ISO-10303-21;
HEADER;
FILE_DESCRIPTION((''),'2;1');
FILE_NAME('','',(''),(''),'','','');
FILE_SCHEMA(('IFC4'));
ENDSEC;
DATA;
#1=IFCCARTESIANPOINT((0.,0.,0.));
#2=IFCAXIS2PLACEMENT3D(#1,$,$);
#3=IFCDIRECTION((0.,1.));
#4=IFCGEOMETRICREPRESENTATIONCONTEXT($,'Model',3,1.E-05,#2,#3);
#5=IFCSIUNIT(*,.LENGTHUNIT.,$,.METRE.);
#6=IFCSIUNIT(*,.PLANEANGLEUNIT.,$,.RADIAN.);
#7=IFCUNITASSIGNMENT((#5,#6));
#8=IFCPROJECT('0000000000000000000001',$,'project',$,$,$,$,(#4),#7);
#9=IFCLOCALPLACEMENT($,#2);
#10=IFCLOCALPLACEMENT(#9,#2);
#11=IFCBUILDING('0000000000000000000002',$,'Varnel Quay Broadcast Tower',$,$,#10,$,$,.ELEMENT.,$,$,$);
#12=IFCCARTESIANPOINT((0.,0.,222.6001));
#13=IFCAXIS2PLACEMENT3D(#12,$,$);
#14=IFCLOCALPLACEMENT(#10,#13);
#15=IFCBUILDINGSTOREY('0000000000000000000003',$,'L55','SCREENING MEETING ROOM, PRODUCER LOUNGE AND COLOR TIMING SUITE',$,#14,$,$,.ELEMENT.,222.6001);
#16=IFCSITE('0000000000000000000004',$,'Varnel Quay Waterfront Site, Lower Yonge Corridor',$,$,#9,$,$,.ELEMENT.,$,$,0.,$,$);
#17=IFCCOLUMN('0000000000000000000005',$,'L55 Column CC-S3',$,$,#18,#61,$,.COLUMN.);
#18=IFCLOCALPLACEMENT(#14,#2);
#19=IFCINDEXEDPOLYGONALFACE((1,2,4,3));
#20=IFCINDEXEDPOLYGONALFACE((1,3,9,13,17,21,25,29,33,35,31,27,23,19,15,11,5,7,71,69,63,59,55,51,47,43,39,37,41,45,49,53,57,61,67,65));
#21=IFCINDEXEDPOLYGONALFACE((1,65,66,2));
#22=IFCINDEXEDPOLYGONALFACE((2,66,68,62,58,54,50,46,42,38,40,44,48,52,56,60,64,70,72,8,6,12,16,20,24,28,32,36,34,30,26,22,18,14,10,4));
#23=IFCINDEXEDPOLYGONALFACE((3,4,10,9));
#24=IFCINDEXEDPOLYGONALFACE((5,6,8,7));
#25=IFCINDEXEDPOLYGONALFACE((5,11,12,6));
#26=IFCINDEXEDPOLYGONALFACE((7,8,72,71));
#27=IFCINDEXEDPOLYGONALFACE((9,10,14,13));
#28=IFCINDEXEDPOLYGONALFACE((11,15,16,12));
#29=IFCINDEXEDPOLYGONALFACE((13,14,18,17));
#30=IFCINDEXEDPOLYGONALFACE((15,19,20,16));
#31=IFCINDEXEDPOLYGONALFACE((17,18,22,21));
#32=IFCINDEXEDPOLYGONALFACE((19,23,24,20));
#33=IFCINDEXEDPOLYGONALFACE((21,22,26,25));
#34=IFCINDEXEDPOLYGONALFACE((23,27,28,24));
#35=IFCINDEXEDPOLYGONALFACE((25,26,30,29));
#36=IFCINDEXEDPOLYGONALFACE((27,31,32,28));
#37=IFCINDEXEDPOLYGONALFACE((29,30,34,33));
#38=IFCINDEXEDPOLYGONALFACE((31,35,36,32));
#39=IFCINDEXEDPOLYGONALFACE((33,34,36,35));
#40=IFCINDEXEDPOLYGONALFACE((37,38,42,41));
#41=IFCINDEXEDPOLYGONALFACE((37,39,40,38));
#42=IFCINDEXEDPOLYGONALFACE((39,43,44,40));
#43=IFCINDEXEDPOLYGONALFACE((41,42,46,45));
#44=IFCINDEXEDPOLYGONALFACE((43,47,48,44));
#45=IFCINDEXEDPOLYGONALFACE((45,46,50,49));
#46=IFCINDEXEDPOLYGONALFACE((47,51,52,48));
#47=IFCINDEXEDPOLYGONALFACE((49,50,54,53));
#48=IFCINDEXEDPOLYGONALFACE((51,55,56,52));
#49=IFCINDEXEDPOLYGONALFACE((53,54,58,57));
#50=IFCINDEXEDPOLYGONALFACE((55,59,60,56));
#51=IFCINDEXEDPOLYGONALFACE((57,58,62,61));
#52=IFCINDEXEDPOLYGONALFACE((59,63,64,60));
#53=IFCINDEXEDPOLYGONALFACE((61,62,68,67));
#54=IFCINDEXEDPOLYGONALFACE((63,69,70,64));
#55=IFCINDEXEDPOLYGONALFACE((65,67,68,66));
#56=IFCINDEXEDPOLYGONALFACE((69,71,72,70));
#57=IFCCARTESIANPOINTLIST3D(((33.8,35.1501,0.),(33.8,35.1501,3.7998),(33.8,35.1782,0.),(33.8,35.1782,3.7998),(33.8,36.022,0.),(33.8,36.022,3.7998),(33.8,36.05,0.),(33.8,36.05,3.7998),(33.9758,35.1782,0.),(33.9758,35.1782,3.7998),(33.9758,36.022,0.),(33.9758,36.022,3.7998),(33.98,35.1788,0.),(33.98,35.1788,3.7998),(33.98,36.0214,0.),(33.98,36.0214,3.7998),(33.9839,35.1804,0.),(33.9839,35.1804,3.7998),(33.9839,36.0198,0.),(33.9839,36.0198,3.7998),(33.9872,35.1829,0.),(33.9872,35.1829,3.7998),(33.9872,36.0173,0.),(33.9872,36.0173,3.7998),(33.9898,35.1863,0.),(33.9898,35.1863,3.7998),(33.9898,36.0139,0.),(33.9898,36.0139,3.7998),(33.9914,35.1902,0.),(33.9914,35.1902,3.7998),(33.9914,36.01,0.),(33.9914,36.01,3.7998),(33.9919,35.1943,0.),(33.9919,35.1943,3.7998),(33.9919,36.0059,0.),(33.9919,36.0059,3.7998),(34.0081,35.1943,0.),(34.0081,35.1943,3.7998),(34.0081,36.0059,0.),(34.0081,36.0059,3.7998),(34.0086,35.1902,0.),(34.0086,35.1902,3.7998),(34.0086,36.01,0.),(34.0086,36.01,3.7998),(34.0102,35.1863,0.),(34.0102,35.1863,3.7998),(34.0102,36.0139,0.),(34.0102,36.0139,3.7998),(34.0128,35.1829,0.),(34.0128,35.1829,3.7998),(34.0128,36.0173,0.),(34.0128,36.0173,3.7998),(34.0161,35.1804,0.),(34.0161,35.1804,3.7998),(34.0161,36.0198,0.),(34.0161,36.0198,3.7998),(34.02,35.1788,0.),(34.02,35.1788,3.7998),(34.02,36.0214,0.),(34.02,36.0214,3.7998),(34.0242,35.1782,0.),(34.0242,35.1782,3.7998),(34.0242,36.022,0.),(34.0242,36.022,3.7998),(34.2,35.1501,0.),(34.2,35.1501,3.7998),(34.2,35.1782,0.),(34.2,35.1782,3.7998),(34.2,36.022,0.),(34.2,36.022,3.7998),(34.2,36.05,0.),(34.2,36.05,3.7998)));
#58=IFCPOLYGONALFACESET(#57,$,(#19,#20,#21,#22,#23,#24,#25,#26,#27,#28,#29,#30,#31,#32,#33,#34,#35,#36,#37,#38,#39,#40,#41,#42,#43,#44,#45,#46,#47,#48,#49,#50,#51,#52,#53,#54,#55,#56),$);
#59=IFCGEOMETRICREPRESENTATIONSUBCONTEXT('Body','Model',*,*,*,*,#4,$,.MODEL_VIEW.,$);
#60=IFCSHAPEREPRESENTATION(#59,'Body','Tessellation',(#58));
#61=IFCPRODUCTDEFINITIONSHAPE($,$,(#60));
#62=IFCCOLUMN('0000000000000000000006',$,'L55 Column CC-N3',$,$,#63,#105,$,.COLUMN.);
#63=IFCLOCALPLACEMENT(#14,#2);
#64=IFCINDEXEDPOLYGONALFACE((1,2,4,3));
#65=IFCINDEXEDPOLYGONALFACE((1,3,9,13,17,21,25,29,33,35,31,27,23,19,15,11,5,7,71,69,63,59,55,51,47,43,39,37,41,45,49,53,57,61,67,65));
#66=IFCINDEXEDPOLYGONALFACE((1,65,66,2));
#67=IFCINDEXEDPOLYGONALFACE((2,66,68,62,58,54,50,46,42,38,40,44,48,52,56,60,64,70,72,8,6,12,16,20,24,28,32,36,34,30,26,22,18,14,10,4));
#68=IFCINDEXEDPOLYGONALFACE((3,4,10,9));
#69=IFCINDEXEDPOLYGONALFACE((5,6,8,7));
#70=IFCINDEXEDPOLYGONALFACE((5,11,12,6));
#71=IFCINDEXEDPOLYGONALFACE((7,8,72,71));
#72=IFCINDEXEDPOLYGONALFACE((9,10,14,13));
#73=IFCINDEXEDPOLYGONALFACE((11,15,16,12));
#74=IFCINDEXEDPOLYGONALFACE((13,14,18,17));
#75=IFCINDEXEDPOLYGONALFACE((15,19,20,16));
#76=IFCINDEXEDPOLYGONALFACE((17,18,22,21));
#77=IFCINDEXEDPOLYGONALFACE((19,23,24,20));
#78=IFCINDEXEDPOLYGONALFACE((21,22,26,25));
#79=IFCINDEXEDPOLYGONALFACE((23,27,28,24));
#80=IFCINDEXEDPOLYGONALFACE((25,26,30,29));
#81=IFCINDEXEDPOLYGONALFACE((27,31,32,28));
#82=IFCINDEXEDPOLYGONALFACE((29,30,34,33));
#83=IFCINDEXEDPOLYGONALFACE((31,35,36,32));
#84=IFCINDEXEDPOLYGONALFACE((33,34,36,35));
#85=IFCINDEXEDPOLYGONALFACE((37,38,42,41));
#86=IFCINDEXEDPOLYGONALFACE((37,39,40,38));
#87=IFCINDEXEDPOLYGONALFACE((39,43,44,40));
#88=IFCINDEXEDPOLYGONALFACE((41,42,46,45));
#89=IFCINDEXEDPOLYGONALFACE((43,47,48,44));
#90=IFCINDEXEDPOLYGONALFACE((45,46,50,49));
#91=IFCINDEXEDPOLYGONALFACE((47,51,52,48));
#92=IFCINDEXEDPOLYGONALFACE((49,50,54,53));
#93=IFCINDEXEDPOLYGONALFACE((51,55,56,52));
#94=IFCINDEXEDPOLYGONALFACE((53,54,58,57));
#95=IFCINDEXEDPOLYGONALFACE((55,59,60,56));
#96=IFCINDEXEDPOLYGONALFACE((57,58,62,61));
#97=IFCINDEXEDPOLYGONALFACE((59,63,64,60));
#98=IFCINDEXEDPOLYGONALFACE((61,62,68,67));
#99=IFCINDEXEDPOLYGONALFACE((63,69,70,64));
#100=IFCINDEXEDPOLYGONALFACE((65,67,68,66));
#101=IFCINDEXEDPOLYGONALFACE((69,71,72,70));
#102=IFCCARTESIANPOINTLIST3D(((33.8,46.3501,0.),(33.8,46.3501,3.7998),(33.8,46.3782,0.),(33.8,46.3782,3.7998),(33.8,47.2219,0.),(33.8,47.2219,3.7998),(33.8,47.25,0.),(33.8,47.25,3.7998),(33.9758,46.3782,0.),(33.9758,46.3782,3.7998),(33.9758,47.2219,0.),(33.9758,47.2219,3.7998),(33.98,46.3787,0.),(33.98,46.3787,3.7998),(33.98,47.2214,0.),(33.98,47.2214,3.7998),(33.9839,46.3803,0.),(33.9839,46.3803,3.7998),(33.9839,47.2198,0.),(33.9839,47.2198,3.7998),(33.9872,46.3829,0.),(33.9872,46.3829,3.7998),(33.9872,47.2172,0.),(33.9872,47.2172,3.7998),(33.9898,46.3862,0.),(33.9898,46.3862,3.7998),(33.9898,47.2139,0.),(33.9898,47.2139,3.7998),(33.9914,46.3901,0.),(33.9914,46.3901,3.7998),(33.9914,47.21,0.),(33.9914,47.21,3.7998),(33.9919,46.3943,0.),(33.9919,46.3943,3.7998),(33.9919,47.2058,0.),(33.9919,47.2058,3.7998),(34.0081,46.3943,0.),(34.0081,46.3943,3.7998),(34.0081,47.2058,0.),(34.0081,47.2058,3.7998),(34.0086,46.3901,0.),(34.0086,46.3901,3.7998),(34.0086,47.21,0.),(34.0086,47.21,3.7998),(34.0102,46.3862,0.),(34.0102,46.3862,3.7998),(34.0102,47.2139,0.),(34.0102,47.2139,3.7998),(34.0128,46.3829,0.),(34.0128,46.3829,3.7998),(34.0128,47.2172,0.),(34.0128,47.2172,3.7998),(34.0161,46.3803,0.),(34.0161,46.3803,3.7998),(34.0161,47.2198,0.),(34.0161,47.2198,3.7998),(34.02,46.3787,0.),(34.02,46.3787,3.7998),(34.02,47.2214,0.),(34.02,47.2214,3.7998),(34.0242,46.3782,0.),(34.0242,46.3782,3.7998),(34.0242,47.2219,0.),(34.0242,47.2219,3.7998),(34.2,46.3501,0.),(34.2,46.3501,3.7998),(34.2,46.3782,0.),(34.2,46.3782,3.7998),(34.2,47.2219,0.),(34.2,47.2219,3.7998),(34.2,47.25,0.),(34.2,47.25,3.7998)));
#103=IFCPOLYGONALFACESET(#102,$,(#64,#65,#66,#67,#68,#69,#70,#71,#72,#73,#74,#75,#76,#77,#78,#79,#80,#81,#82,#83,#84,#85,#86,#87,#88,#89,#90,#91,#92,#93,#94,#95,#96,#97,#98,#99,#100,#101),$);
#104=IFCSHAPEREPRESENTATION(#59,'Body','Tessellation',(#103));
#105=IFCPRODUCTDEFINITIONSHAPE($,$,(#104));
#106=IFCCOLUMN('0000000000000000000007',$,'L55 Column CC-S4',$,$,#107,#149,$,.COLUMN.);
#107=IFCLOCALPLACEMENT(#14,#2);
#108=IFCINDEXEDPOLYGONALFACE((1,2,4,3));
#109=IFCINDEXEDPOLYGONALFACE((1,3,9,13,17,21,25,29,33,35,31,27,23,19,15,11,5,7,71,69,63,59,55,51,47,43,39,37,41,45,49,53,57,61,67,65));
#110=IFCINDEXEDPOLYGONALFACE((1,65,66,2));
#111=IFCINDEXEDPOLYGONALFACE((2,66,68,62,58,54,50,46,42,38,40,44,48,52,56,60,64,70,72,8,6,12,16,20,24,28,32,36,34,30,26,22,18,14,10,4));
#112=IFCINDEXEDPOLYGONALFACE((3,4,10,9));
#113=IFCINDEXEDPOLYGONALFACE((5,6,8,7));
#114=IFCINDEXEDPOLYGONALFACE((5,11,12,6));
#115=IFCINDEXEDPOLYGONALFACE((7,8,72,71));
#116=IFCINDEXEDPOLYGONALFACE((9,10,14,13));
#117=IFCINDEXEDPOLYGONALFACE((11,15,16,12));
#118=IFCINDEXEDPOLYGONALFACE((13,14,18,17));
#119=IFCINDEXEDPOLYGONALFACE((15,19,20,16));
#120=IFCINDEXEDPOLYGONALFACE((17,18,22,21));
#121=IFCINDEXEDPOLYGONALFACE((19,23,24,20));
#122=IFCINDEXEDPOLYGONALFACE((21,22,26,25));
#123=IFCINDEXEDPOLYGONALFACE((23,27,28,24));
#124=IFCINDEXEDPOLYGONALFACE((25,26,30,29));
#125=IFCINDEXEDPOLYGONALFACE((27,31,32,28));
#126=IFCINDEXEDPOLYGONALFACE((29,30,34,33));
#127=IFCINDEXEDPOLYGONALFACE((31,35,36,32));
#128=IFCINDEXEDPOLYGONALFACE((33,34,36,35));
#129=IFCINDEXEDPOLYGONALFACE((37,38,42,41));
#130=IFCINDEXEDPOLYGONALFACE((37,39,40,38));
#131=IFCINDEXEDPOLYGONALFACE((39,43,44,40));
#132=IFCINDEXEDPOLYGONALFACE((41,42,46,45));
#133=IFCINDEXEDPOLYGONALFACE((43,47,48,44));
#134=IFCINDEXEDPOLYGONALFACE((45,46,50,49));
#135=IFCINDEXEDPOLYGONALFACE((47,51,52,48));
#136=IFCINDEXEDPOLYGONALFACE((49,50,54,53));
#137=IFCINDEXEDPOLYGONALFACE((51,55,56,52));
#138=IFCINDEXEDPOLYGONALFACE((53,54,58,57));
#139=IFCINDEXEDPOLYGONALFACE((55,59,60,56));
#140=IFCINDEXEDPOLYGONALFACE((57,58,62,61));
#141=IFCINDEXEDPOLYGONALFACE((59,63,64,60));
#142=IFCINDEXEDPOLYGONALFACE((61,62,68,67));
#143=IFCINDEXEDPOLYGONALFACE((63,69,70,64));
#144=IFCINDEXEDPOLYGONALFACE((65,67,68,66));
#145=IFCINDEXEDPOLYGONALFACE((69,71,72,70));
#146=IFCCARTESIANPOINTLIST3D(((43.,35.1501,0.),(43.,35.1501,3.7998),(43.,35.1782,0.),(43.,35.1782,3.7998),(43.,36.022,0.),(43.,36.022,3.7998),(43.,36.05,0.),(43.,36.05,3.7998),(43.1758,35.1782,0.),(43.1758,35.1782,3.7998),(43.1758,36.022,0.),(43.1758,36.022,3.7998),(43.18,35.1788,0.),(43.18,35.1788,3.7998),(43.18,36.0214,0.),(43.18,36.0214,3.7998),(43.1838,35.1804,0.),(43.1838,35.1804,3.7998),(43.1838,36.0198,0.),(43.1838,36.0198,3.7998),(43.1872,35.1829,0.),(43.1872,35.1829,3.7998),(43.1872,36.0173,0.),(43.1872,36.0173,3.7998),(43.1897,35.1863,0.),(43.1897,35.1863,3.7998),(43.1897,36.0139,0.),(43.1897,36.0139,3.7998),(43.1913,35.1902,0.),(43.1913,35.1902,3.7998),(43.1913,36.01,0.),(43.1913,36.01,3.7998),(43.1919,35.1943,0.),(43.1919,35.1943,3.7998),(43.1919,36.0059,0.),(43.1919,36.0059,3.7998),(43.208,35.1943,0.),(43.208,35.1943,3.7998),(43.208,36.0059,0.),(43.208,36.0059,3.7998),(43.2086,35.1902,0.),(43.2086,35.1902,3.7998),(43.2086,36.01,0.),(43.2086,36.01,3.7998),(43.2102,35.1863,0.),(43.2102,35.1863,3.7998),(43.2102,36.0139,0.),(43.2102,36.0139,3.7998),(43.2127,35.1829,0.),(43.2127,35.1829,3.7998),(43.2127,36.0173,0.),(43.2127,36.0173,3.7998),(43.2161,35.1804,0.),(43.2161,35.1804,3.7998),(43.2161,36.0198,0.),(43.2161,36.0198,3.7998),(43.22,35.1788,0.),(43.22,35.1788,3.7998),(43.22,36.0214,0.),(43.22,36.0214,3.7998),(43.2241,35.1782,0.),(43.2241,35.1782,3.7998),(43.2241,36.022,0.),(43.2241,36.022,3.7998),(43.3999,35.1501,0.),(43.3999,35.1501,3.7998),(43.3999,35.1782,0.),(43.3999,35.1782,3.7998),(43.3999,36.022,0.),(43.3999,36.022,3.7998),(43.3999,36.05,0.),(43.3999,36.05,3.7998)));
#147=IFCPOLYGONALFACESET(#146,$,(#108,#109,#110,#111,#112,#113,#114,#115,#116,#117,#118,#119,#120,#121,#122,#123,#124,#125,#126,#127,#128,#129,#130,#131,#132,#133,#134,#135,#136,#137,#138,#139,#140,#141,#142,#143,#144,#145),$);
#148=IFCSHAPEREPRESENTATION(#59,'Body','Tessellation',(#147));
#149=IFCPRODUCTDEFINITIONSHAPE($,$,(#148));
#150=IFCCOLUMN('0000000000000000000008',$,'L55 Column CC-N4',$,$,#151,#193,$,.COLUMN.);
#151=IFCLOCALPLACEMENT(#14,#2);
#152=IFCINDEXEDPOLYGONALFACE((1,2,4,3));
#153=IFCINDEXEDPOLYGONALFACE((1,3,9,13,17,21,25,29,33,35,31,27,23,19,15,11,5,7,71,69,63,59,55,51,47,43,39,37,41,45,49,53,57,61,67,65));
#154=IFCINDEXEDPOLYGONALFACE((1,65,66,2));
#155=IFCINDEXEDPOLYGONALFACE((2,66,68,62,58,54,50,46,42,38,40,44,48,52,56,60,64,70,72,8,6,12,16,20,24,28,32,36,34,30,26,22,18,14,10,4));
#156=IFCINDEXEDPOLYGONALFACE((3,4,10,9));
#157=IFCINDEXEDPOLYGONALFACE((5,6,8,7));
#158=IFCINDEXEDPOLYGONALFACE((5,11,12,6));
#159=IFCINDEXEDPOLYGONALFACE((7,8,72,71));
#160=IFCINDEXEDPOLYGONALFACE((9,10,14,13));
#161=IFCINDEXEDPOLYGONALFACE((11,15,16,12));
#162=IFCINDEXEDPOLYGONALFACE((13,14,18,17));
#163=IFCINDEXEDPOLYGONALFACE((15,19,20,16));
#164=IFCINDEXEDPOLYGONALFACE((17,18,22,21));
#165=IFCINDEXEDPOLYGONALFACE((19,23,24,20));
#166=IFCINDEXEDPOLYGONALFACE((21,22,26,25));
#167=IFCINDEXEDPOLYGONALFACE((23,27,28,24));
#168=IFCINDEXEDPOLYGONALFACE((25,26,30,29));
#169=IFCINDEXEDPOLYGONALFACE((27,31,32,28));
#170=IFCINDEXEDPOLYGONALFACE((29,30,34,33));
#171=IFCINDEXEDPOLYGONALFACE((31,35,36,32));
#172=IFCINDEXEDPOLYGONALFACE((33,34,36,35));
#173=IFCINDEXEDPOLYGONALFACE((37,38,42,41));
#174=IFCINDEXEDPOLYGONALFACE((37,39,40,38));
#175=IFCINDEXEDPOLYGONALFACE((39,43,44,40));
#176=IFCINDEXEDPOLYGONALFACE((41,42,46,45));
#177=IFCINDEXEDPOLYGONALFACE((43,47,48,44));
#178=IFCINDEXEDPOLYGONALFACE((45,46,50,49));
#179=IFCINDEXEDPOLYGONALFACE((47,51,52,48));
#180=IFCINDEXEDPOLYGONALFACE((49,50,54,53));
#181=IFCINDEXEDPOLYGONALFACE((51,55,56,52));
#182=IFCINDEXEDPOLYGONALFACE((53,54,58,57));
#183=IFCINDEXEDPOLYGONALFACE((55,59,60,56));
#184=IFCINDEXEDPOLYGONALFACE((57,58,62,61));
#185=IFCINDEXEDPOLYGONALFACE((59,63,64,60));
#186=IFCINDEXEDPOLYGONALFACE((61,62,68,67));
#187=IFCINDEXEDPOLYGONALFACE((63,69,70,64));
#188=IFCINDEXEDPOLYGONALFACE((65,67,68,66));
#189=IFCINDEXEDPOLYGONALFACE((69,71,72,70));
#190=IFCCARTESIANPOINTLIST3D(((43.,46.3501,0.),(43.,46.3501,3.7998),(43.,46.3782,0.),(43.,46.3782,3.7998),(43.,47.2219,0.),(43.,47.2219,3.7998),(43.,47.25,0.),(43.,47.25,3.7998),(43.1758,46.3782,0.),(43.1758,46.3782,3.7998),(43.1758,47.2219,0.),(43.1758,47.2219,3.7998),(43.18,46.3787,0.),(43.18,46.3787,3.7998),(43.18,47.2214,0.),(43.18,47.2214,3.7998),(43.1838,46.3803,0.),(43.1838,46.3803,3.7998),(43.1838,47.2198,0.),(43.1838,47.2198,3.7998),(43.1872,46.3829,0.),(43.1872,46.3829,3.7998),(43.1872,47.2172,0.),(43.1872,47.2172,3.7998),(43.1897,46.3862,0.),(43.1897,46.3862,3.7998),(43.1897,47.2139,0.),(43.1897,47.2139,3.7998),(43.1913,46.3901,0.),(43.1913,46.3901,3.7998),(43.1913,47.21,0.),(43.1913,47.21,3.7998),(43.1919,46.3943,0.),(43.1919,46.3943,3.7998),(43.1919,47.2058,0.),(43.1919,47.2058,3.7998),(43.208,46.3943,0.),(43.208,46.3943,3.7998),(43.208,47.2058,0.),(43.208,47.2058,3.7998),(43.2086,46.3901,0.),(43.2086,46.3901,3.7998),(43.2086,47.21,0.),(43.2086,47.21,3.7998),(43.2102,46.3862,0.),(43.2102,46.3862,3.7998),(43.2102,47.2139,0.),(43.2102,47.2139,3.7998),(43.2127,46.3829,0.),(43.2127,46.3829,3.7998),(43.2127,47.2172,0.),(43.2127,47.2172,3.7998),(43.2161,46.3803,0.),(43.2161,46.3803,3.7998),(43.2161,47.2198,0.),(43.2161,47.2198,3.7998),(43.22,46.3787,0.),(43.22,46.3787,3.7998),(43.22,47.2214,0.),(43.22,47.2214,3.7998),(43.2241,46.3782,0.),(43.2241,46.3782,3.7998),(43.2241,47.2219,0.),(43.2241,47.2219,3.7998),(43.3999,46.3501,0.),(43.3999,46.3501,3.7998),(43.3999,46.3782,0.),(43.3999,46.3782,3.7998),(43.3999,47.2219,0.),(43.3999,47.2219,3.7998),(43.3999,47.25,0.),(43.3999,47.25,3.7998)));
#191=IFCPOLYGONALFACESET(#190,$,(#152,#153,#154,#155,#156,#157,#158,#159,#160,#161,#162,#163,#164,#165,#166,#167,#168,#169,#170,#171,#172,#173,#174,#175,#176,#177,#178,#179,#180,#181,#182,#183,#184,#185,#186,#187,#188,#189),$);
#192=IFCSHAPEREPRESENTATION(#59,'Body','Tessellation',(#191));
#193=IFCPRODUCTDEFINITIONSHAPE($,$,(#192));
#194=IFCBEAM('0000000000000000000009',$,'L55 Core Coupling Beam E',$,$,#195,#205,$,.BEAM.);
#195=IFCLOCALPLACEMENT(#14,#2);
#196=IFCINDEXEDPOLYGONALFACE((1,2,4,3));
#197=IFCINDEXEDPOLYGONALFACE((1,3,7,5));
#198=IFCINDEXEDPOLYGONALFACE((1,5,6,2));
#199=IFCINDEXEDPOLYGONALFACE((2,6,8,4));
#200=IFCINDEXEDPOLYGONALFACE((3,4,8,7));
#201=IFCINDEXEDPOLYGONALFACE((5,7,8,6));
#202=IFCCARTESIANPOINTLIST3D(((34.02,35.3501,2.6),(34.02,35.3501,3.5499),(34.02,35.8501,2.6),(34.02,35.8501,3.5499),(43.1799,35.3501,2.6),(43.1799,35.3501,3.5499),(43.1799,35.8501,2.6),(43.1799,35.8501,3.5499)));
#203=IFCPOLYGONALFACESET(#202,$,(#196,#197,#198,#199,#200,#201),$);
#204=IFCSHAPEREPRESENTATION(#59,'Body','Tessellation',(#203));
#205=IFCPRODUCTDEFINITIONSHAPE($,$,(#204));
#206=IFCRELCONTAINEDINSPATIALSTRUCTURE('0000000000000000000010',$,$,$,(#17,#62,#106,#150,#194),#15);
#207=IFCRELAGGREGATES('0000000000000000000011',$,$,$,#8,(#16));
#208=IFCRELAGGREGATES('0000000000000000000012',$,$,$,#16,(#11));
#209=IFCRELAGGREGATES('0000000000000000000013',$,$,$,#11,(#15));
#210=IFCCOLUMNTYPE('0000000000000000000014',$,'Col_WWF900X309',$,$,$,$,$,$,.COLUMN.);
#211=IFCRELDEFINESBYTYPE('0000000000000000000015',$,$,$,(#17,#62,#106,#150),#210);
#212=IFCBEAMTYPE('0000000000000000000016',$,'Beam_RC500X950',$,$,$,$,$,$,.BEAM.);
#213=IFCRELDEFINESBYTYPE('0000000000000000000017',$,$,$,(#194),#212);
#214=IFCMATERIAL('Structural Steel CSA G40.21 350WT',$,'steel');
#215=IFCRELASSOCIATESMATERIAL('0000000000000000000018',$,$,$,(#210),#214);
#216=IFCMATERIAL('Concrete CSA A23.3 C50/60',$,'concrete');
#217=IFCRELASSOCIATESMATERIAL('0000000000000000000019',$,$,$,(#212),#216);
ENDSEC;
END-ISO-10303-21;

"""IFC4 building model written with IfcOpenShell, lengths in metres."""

from ifc_helpers import new_model, si_unit, direction, frame, origin, origin_2d, place, context, subcontext, project, spatial, rectangle, i_section, extrude, source, transform, mapped, material, material_profile, profile_set, type_object, type_shapes, element, save


model = new_model("IFC4")

# Units and contexts
model_context = context("Model", 3, precision=1e-05, world=origin(), true_north=direction((0.0, 1.0)))
body_context = subcontext(model_context, "Body", "Model", "MODEL_VIEW")
ifc_project = project(units=[si_unit("LENGTHUNIT", "METRE"), si_unit("PLANEANGLEUNIT", "RADIAN")], contexts=[model_context])

# Site, building, storey
site_placement = place(None, origin())
site = spatial("IfcSite", under=ifc_project, at=site_placement, Name="Varnel Quay Waterfront Site, Lower Yonge Corridor", CompositionType="ELEMENT", RefElevation=0.0)
building_placement = place(site_placement, origin())
building = spatial("IfcBuilding", under=site, at=building_placement, Name="Varnel Quay Broadcast Tower", CompositionType="ELEMENT")
storey_placement = place(building_placement, frame((0.0, 0.0, 222.6001)))
storey = spatial("IfcBuildingStorey", under=building, at=storey_placement, Name="L55", Description="SCREENING MEETING ROOM, PRODUCER LOUNGE AND COLOR TIMING SUITE", CompositionType="ELEMENT", Elevation=222.6001)

# Columns
ifc_material_1 = material(Name="Structural Steel CSA G40.21 350WT", Category="steel")
ifc_material_profile_1 = material_profile(ifc_material_1, i_section(OverallWidth=0.3999, OverallDepth=0.8999, WebThickness=0.0161, FlangeThickness=0.0281, FilletRadius=0.0161, at=origin_2d()), Name="WWF900X309")
ifc_profile_set_1 = profile_set([ifc_material_profile_1], Name="Structural Steel CSA G40.21 350WT")
column_type = type_object("IfcColumnType", Name="Col_WWF900X309", PredefinedType="COLUMN", material=ifc_profile_set_1)
shared_shape_1 = source(origin(), body_context, "Body", "SweptSolid", [
    extrude(i_section(OverallWidth=0.3999, OverallDepth=0.8999, WebThickness=0.0161, FlangeThickness=0.0281, FilletRadius=0.0161, at=origin_2d()), origin(), (0.0, 0.0, 1.0), 3.7998),
])
type_shapes(column_type, [shared_shape_1])
for number, where, z_axis, x_axis, name in (
    (1, (34.0, 35.6001, 0.0), (0.0, 0.0, 1.0), (1.0, 0.0, 0.0), "L55 Column CC-S3"),
    (2, (34.0, 46.8, 0.0), (0.0, 0.0, 1.0), (1.0, 0.0, 0.0), "L55 Column CC-N3"),
    (3, (43.2, 35.6001, 0.0), (0.0, 0.0, 1.0), (1.0, 0.0, 0.0), "L55 Column CC-S4"),
    (4, (43.2, 46.8, 0.0), (0.0, 0.0, 1.0), (1.0, 0.0, 0.0), "L55 Column CC-N4"),
):
    element("IfcColumn", number, at=place(storey_placement, frame(where, z_axis=z_axis, x_axis=x_axis)), inside=storey, type_object=column_type, Name=name, PredefinedType="COLUMN", context=body_context, shape_type="MappedRepresentation", body=[
        mapped(shared_shape_1, transform((0.0, 0.0, 0.0), x_axis=(1.0, 0.0, 0.0), y_axis=(0.0, 1.0, 0.0), z_axis=(0.0, 0.0, 1.0), scale=1.0)),
    ])

# Beam
ifc_material_2 = material(Name="Concrete CSA A23.3 C50/60", Category="concrete")
ifc_material_profile_2 = material_profile(ifc_material_2, rectangle(XDim=0.5, YDim=0.95, at=origin_2d()), Name="RC500X950")
ifc_profile_set_2 = profile_set([ifc_material_profile_2], Name="Concrete CSA A23.3 C50/60")
beam_type = type_object("IfcBeamType", Name="Beam_RC500X950", PredefinedType="BEAM", material=ifc_profile_set_2)
shared_shape_2 = source(origin(), body_context, "Body", "SweptSolid", [
    extrude(rectangle(XDim=0.5, YDim=0.95, at=origin_2d()), origin(), (0.0, 0.0, 1.0), 9.1599),
])
type_shapes(beam_type, [shared_shape_2])
beam_placement = place(storey_placement, frame((34.02, 35.6001, 3.075), z_axis=(1.0, 0.0, 0.0), x_axis=(0.0, 1.0, 0.0)))
element("IfcBeam", 5, at=beam_placement, inside=storey, type_object=beam_type, Name="L55 Core Coupling Beam E", PredefinedType="BEAM", context=body_context, shape_type="MappedRepresentation", body=[
    mapped(shared_shape_2, transform((0.0, 0.0, 0.0), x_axis=(1.0, 0.0, 0.0), y_axis=(0.0, 1.0, 0.0), z_axis=(0.0, 0.0, 1.0), scale=1.0)),
])

save(model, "model.ifc")
